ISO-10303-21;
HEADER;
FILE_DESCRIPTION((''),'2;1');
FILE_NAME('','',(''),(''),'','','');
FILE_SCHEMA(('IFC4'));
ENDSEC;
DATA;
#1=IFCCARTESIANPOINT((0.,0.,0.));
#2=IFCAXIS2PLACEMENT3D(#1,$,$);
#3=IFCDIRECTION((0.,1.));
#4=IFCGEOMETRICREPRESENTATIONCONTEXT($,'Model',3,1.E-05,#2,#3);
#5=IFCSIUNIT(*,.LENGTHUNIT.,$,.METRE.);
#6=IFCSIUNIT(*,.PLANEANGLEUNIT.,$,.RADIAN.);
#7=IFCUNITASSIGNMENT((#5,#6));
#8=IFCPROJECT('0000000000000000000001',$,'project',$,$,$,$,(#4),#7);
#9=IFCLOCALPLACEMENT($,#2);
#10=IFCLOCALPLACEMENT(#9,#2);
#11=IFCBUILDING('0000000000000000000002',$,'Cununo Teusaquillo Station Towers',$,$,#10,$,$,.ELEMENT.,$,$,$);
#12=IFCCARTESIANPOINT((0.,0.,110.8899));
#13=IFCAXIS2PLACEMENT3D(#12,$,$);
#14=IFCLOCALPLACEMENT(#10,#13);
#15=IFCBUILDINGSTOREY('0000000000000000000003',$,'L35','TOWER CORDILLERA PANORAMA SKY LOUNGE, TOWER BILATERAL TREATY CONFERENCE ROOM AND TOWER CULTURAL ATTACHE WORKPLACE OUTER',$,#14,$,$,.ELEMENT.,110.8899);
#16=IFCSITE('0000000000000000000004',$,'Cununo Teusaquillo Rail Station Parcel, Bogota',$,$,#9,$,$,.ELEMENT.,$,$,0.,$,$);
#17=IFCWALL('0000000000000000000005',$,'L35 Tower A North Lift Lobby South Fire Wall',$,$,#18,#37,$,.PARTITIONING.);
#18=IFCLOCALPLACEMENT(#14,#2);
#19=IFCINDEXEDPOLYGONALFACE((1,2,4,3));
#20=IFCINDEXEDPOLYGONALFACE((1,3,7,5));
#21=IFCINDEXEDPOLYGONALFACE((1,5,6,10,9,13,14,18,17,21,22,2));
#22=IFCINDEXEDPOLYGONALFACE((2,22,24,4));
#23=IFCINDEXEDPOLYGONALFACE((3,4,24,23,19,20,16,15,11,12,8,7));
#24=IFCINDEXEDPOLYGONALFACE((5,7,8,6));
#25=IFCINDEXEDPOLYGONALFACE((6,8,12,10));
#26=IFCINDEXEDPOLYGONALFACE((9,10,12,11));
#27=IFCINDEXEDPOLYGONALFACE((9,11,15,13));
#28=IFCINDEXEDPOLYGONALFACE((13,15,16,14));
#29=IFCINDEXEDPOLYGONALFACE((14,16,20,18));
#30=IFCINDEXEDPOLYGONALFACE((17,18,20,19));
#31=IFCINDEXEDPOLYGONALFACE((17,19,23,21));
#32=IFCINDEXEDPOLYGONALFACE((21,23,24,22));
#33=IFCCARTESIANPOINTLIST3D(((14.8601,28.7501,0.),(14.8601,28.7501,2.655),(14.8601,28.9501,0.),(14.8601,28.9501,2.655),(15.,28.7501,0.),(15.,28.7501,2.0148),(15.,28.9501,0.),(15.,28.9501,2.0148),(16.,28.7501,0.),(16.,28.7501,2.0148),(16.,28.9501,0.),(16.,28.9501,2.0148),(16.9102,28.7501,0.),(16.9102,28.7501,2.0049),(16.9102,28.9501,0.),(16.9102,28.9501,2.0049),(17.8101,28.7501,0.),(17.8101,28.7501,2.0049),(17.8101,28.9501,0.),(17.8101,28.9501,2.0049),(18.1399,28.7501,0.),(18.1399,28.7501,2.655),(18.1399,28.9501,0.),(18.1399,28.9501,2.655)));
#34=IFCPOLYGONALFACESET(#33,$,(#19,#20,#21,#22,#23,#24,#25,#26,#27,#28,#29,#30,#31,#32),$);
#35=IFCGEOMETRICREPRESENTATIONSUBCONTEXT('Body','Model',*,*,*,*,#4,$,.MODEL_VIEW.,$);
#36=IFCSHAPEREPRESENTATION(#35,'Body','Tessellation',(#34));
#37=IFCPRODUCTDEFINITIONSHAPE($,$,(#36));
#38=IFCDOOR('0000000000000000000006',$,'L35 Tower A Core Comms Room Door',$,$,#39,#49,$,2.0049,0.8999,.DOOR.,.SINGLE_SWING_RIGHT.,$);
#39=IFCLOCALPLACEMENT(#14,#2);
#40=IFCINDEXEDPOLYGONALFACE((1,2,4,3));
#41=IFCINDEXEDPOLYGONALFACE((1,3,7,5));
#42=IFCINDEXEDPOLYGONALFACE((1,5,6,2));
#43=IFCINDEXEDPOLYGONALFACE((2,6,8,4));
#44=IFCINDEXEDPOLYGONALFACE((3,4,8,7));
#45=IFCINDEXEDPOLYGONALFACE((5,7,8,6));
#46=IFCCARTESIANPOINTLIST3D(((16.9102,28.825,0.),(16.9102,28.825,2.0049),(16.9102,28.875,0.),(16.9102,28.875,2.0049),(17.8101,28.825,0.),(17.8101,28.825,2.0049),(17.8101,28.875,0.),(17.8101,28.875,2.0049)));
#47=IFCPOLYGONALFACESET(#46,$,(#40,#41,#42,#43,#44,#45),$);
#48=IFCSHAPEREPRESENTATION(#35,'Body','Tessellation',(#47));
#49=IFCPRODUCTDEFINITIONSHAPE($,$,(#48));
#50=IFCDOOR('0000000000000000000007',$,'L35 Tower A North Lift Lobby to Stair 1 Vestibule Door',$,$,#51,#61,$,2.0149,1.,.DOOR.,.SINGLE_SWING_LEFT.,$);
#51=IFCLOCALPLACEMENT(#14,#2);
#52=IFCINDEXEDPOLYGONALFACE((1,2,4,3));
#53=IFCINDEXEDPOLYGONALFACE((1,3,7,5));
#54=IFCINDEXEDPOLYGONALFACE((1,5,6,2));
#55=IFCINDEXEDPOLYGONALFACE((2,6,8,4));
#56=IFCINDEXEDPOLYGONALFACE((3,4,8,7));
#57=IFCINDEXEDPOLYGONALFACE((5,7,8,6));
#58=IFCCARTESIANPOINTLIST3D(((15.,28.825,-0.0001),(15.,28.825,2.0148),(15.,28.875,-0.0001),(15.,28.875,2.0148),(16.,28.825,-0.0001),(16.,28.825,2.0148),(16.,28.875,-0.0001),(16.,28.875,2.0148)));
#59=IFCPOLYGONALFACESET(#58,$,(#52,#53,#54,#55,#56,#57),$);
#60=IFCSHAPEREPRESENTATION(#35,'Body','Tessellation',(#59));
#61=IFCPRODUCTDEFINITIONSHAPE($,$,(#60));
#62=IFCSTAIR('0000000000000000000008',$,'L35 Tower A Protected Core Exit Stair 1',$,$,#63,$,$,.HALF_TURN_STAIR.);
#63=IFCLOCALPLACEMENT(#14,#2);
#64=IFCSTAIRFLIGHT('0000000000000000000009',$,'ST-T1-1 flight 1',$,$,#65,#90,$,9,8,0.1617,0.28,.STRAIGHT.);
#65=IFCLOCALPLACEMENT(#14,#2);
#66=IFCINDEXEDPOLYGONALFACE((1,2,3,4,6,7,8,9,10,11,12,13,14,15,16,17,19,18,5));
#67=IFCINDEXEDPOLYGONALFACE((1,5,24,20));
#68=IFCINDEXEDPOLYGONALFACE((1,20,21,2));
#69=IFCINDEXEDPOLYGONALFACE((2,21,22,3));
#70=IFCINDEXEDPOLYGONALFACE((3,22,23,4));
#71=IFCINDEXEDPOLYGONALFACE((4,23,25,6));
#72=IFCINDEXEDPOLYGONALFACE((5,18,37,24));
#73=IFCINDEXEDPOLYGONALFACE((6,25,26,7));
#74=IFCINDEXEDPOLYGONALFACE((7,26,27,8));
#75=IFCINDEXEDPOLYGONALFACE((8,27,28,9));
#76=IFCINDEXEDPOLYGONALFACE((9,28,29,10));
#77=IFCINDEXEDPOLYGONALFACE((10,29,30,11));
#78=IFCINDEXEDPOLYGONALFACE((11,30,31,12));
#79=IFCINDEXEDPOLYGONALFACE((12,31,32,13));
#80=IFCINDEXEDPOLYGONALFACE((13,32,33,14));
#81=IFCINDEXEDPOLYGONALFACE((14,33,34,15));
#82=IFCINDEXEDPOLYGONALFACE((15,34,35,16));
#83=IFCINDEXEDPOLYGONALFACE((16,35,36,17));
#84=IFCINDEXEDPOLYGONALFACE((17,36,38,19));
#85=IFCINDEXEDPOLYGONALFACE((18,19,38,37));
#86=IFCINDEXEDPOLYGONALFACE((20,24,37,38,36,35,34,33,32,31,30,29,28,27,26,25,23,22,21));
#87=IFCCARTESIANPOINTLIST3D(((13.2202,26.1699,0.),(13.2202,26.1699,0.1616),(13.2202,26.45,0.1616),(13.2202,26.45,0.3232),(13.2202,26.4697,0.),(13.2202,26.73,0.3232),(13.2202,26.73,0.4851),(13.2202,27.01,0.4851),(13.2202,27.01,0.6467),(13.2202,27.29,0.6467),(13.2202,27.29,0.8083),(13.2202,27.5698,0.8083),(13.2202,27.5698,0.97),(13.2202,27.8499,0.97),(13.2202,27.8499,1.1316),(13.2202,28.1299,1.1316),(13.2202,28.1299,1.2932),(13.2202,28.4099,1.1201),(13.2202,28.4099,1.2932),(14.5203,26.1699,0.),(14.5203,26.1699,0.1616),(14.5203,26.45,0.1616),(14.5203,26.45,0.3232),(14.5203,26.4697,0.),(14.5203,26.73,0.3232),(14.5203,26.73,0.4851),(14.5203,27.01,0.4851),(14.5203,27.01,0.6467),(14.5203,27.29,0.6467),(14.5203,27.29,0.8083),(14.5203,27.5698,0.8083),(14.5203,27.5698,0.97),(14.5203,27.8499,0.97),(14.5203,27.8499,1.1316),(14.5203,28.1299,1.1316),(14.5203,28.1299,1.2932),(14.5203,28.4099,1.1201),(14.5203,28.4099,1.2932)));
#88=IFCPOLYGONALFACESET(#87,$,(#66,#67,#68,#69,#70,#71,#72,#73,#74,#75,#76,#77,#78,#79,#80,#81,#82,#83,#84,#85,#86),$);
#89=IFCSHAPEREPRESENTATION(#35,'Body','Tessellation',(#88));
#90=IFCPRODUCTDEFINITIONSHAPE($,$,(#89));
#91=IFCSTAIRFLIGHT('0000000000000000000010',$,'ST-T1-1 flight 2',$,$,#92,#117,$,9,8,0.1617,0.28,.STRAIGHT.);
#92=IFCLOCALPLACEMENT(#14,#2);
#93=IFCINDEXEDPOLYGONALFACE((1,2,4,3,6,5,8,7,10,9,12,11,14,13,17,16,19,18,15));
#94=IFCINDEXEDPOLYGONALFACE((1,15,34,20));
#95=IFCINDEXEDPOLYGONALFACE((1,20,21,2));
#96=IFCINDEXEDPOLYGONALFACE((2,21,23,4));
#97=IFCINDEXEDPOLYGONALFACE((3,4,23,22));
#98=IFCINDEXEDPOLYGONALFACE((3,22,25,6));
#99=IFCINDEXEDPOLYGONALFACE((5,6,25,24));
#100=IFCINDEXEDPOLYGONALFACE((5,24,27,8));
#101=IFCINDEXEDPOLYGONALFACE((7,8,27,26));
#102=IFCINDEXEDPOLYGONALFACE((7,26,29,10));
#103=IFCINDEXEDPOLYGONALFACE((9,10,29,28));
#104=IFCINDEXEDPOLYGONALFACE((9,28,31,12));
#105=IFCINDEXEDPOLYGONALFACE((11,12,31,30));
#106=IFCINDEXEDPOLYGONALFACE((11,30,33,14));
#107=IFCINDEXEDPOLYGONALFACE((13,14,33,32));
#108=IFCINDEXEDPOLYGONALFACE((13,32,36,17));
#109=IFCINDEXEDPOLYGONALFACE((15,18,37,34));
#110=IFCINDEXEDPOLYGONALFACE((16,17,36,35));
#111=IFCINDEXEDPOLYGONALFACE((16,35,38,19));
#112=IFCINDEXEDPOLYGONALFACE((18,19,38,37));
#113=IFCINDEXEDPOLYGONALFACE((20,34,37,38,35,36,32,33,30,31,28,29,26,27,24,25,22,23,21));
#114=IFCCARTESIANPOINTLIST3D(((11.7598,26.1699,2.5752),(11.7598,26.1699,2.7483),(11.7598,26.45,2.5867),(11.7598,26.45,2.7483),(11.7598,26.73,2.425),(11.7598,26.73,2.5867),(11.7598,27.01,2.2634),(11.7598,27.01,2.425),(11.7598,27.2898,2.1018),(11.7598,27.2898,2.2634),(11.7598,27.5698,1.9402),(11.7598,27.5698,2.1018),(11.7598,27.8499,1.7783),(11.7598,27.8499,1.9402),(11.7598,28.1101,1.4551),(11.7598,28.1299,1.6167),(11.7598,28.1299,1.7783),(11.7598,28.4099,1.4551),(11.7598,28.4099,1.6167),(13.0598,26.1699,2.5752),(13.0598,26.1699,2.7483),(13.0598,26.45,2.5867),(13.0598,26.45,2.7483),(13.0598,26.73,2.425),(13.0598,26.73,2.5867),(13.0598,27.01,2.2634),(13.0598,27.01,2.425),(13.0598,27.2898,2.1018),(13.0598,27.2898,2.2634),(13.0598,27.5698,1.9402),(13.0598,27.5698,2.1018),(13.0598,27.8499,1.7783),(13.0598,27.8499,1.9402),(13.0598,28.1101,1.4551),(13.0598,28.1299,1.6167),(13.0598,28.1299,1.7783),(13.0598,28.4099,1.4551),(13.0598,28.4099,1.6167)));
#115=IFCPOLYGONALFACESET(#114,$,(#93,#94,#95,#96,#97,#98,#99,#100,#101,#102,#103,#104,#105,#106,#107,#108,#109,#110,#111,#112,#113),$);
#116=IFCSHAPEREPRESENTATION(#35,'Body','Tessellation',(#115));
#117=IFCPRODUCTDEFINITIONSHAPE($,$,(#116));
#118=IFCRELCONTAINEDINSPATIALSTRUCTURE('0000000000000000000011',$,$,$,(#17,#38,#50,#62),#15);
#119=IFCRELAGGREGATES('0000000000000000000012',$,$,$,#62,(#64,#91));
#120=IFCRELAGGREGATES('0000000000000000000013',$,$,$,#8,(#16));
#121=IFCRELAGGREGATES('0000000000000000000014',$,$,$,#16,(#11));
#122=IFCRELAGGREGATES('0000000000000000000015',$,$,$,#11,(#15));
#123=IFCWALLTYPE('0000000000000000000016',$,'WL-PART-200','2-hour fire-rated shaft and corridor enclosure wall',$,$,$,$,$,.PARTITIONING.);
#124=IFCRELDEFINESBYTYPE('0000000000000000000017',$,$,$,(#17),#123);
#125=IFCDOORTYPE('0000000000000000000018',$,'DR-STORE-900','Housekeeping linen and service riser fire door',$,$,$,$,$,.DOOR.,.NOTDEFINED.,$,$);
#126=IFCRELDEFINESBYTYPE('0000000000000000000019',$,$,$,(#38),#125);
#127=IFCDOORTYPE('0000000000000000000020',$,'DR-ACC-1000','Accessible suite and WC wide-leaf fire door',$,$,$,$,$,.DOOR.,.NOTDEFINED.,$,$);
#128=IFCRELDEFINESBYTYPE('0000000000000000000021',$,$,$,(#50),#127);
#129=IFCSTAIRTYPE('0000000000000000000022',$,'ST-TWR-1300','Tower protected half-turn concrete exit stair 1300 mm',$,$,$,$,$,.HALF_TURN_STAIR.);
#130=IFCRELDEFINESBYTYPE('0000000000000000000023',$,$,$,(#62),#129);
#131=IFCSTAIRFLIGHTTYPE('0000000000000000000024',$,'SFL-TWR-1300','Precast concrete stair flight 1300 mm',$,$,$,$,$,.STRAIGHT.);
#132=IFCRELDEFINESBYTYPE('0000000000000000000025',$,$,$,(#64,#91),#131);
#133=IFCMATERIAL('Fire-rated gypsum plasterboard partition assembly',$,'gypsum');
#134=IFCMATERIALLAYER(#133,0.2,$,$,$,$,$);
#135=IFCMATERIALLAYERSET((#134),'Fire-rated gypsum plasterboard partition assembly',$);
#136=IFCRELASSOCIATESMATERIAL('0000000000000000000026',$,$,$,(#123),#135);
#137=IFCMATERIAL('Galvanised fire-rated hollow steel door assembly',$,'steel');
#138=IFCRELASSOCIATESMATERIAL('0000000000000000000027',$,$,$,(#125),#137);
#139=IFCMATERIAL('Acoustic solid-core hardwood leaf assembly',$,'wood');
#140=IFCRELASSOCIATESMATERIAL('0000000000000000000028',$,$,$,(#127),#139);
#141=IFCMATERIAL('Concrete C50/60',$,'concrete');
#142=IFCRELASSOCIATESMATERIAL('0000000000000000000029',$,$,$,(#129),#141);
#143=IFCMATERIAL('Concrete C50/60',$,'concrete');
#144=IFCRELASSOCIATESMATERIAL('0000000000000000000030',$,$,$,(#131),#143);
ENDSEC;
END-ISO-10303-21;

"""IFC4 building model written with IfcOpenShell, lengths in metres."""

from ifc_helpers import new_model, si_unit, direction, frame, frame_2d, origin, place, context, subcontext, project, spatial, polyline, rectangle, outline, extrude, source, transform, mapped, material, layer, layer_set, type_object, element, fill, aggregate, save


model = new_model("IFC4")

# Units and contexts
model_context = context("Model", 3, precision=1e-05, world=origin(), true_north=direction((0.0, 1.0)))
body_context = subcontext(model_context, "Body", "Model", "MODEL_VIEW")
ifc_project = project(units=[si_unit("LENGTHUNIT", "METRE"), si_unit("PLANEANGLEUNIT", "RADIAN")], contexts=[model_context])

# Site, building, storey
site_placement = place(None, origin())
site = spatial("IfcSite", under=ifc_project, at=site_placement, Name="Cununo Teusaquillo Rail Station Parcel, Bogota", CompositionType="ELEMENT", RefElevation=0.0)
building_placement = place(site_placement, origin())
building = spatial("IfcBuilding", under=site, at=building_placement, Name="Cununo Teusaquillo Station Towers", CompositionType="ELEMENT")
storey_placement = place(building_placement, frame((0.0, 0.0, 110.8899)))
storey = spatial("IfcBuildingStorey", under=building, at=storey_placement, Name="L35", Description="TOWER CORDILLERA PANORAMA SKY LOUNGE, TOWER BILATERAL TREATY CONFERENCE ROOM AND TOWER CULTURAL ATTACHE WORKPLACE OUTER", CompositionType="ELEMENT", Elevation=110.8899)

# Shared definitions
shared_shape_1 = source(origin(), body_context, "Body", "SweptSolid", [
    extrude(rectangle(XDim=0.8999, YDim=2.0049, at=frame_2d((0.45, 1.0024))), frame((0.0, 0.0249, 0.0), z_axis=(0.0, -1.0, 0.0), x_axis=(1.0, 0.0, 0.0)), (0.0, 0.0, 1.0), 0.05),
])

# Shared definitions
ifc_material_1 = material(Name="Fire-rated gypsum plasterboard partition assembly", Category="gypsum")
ifc_layer_1 = layer(ifc_material_1, 0.2)
ifc_layer_set_1 = layer_set([ifc_layer_1], Name="Fire-rated gypsum plasterboard partition assembly")
wall_type_1 = type_object("IfcWallType", Name="WL-PART-200", Description="2-hour fire-rated shaft and corridor enclosure wall", PredefinedType="PARTITIONING", material=ifc_layer_set_1)
shared_shape_2 = source(origin(), body_context, "Body", "SweptSolid", [
    extrude(rectangle(XDim=0.8999, YDim=2.0049, at=frame_2d((0.45, 1.0024))), frame((0.0, 0.1099, 0.0), z_axis=(0.0, -1.0, 0.0), x_axis=(1.0, 0.0, 0.0)), (0.0, 0.0, 1.0), 0.22),
])
ifc_material_2 = material(Name="Galvanised fire-rated hollow steel door assembly", Category="steel")
door_type_1 = type_object("IfcDoorType", Name="DR-STORE-900", Description="Housekeeping linen and service riser fire door", OperationType="NOTDEFINED", PredefinedType="DOOR", material=ifc_material_2)

# Wall, openings, doors
wall_1_placement = place(storey_placement, frame((14.8601, 28.8501, 0.0), z_axis=(0.0, 0.0, 1.0), x_axis=(1.0, 0.0, 0.0)))
wall_1 = element("IfcWall", 1, at=wall_1_placement, inside=storey, type_object=wall_type_1, Name="L35 Tower A North Lift Lobby South Fire Wall", PredefinedType="PARTITIONING", context=body_context, shape_type="SweptSolid", body=[
    extrude(rectangle(XDim=3.2798, YDim=0.2, at=frame_2d((1.6399, 0.0))), origin(), (0.0, 0.0, 1.0), 2.655),
])
shared_shape_3 = source(origin(), body_context, "Body", "SweptSolid", [
    extrude(rectangle(XDim=1.0, YDim=2.0149, at=frame_2d((0.5, 1.0073))), frame((0.0, 0.1099, 0.0), z_axis=(0.0, -1.0, 0.0), x_axis=(1.0, 0.0, 0.0)), (0.0, 0.0, 1.0), 0.22),
])
opening_1_placement = place(wall_1_placement, frame((0.1399, 0.0, 0.0)))
opening_1 = element("IfcOpeningElement", 2, at=opening_1_placement, cuts=wall_1, PredefinedType="OPENING", context=body_context, shape_type="MappedRepresentation", body=[
    mapped(shared_shape_3, transform((0.0, 0.0, 0.0), x_axis=(1.0, 0.0, 0.0), y_axis=(0.0, 1.0, 0.0), z_axis=(0.0, 0.0, 1.0), scale=1.0)),
])
opening_2_placement = place(wall_1_placement, frame((2.05, 0.0, 0.0)))
opening_2 = element("IfcOpeningElement", 3, at=opening_2_placement, cuts=wall_1, PredefinedType="OPENING", context=body_context, shape_type="MappedRepresentation", body=[
    mapped(shared_shape_2, transform((0.0, 0.0, 0.0), x_axis=(1.0, 0.0, 0.0), y_axis=(0.0, 1.0, 0.0), z_axis=(0.0, 0.0, 1.0), scale=1.0)),
])
door_1_placement = place(opening_2_placement, origin())
door_1 = element("IfcDoor", 4, at=door_1_placement, inside=storey, type_object=door_type_1, Name="L35 Tower A Core Comms Room Door", OperationType="SINGLE_SWING_RIGHT", OverallHeight=2.0049, OverallWidth=0.8999, PredefinedType="DOOR", context=body_context, shape_type="MappedRepresentation", body=[
    mapped(shared_shape_1, transform((0.0, 0.0, 0.0), x_axis=(1.0, 0.0, 0.0), y_axis=(0.0, 1.0, 0.0), z_axis=(0.0, 0.0, 1.0), scale=1.0)),
])
fill(opening_2, door_1)
ifc_material_3 = material(Name="Acoustic solid-core hardwood leaf assembly", Category="wood")
door_type_2 = type_object("IfcDoorType", Name="DR-ACC-1000", Description="Accessible suite and WC wide-leaf fire door", OperationType="NOTDEFINED", PredefinedType="DOOR", material=ifc_material_3)
shared_shape_4 = source(origin(), body_context, "Body", "SweptSolid", [
    extrude(rectangle(XDim=1.0, YDim=2.0149, at=frame_2d((0.5, 1.0073))), frame((0.0, 0.0249, 0.0), z_axis=(0.0, -1.0, 0.0), x_axis=(1.0, 0.0, 0.0)), (0.0, 0.0, 1.0), 0.05),
])
door_2_placement = place(opening_1_placement, origin())
door_2 = element("IfcDoor", 5, at=door_2_placement, inside=storey, type_object=door_type_2, Name="L35 Tower A North Lift Lobby to Stair 1 Vestibule Door", OperationType="SINGLE_SWING_LEFT", OverallHeight=2.0149, OverallWidth=1.0, PredefinedType="DOOR", context=body_context, shape_type="MappedRepresentation", body=[
    mapped(shared_shape_4, transform((0.0, 0.0, 0.0), x_axis=(1.0, 0.0, 0.0), y_axis=(0.0, 1.0, 0.0), z_axis=(0.0, 0.0, 1.0), scale=1.0)),
])
fill(opening_1, door_2)

# Stair, stair flights
ifc_material_4 = material(Name="Concrete C50/60", Category="concrete")
stair_type = type_object("IfcStairType", Name="ST-TWR-1300", Description="Tower protected half-turn concrete exit stair 1300 mm", PredefinedType="HALF_TURN_STAIR", material=ifc_material_4)
stair_placement = place(storey_placement, origin())
stair = element("IfcStair", 6, at=stair_placement, inside=storey, type_object=stair_type, Name="L35 Tower A Protected Core Exit Stair 1", PredefinedType="HALF_TURN_STAIR")
ifc_material_5 = material(Name="Concrete C50/60", Category="concrete")
stair_flight_type = type_object("IfcStairFlightType", Name="SFL-TWR-1300", Description="Precast concrete stair flight 1300 mm", PredefinedType="STRAIGHT", material=ifc_material_5)
stair_flight_1_placement = place(storey_placement, frame((13.8701, 26.1699, 0.0), z_axis=(0.0, 0.0, 1.0), x_axis=(0.0, 1.0, 0.0)))
stair_flight_1 = element("IfcStairFlight", 7, at=stair_flight_1_placement, type_object=stair_flight_type, Name="ST-T1-1 flight 1", NumberOfRisers=9, NumberOfTreads=8, PredefinedType="STRAIGHT", RiserHeight=0.1617, TreadLength=0.28, context=body_context, shape_type="SweptSolid", body=[
    extrude(outline(polyline([(0.0, 0.0), (0.0, 0.1616), (0.28, 0.1616), (0.28, 0.3232), (0.5601, 0.3232), (0.5601, 0.4851), (0.8401, 0.4851), (0.8401, 0.6467), (1.1201, 0.6467), (1.1201, 0.8083), (1.3999, 0.8083), (1.3999, 0.97), (1.6799, 0.97), (1.6799, 1.1316), (1.96, 1.1316), (1.96, 1.2932), (2.24, 1.2932), (2.24, 1.4551), (2.24, 1.1201), (0.2998, 0.0), (0.0, 0.0)])), frame((0.0, 0.6499, 0.0), z_axis=(0.0, -1.0, 0.0), x_axis=(1.0, 0.0, 0.0)), (0.0, 0.0, 1.0), 1.3),
])
stair_flight_2_placement = place(storey_placement, frame((12.4099, 28.4099, 1.4551), z_axis=(0.0, 0.0, 1.0), x_axis=(0.0, -1.0, 0.0)))
stair_flight_2 = element("IfcStairFlight", 8, at=stair_flight_2_placement, type_object=stair_flight_type, Name="ST-T1-1 flight 2", NumberOfRisers=9, NumberOfTreads=8, PredefinedType="STRAIGHT", RiserHeight=0.1617, TreadLength=0.28, context=body_context, shape_type="SweptSolid", body=[
    extrude(outline(polyline([(0.0, 0.0), (0.0, 0.1616), (0.28, 0.1616), (0.28, 0.3232), (0.5601, 0.3232), (0.5601, 0.4851), (0.8401, 0.4851), (0.8401, 0.6467), (1.1201, 0.6467), (1.1201, 0.8083), (1.3999, 0.8083), (1.3999, 0.97), (1.6799, 0.97), (1.6799, 1.1316), (1.96, 1.1316), (1.96, 1.2932), (2.24, 1.2932), (2.24, 1.4551), (2.24, 1.1201), (0.2998, 0.0), (0.0, 0.0)])), frame((0.0, 0.6499, 0.0), z_axis=(0.0, -1.0, 0.0), x_axis=(1.0, 0.0, 0.0)), (0.0, 0.0, 1.0), 1.3),
])
aggregate(stair, [stair_flight_1, stair_flight_2])

save(model, "model.ifc")
